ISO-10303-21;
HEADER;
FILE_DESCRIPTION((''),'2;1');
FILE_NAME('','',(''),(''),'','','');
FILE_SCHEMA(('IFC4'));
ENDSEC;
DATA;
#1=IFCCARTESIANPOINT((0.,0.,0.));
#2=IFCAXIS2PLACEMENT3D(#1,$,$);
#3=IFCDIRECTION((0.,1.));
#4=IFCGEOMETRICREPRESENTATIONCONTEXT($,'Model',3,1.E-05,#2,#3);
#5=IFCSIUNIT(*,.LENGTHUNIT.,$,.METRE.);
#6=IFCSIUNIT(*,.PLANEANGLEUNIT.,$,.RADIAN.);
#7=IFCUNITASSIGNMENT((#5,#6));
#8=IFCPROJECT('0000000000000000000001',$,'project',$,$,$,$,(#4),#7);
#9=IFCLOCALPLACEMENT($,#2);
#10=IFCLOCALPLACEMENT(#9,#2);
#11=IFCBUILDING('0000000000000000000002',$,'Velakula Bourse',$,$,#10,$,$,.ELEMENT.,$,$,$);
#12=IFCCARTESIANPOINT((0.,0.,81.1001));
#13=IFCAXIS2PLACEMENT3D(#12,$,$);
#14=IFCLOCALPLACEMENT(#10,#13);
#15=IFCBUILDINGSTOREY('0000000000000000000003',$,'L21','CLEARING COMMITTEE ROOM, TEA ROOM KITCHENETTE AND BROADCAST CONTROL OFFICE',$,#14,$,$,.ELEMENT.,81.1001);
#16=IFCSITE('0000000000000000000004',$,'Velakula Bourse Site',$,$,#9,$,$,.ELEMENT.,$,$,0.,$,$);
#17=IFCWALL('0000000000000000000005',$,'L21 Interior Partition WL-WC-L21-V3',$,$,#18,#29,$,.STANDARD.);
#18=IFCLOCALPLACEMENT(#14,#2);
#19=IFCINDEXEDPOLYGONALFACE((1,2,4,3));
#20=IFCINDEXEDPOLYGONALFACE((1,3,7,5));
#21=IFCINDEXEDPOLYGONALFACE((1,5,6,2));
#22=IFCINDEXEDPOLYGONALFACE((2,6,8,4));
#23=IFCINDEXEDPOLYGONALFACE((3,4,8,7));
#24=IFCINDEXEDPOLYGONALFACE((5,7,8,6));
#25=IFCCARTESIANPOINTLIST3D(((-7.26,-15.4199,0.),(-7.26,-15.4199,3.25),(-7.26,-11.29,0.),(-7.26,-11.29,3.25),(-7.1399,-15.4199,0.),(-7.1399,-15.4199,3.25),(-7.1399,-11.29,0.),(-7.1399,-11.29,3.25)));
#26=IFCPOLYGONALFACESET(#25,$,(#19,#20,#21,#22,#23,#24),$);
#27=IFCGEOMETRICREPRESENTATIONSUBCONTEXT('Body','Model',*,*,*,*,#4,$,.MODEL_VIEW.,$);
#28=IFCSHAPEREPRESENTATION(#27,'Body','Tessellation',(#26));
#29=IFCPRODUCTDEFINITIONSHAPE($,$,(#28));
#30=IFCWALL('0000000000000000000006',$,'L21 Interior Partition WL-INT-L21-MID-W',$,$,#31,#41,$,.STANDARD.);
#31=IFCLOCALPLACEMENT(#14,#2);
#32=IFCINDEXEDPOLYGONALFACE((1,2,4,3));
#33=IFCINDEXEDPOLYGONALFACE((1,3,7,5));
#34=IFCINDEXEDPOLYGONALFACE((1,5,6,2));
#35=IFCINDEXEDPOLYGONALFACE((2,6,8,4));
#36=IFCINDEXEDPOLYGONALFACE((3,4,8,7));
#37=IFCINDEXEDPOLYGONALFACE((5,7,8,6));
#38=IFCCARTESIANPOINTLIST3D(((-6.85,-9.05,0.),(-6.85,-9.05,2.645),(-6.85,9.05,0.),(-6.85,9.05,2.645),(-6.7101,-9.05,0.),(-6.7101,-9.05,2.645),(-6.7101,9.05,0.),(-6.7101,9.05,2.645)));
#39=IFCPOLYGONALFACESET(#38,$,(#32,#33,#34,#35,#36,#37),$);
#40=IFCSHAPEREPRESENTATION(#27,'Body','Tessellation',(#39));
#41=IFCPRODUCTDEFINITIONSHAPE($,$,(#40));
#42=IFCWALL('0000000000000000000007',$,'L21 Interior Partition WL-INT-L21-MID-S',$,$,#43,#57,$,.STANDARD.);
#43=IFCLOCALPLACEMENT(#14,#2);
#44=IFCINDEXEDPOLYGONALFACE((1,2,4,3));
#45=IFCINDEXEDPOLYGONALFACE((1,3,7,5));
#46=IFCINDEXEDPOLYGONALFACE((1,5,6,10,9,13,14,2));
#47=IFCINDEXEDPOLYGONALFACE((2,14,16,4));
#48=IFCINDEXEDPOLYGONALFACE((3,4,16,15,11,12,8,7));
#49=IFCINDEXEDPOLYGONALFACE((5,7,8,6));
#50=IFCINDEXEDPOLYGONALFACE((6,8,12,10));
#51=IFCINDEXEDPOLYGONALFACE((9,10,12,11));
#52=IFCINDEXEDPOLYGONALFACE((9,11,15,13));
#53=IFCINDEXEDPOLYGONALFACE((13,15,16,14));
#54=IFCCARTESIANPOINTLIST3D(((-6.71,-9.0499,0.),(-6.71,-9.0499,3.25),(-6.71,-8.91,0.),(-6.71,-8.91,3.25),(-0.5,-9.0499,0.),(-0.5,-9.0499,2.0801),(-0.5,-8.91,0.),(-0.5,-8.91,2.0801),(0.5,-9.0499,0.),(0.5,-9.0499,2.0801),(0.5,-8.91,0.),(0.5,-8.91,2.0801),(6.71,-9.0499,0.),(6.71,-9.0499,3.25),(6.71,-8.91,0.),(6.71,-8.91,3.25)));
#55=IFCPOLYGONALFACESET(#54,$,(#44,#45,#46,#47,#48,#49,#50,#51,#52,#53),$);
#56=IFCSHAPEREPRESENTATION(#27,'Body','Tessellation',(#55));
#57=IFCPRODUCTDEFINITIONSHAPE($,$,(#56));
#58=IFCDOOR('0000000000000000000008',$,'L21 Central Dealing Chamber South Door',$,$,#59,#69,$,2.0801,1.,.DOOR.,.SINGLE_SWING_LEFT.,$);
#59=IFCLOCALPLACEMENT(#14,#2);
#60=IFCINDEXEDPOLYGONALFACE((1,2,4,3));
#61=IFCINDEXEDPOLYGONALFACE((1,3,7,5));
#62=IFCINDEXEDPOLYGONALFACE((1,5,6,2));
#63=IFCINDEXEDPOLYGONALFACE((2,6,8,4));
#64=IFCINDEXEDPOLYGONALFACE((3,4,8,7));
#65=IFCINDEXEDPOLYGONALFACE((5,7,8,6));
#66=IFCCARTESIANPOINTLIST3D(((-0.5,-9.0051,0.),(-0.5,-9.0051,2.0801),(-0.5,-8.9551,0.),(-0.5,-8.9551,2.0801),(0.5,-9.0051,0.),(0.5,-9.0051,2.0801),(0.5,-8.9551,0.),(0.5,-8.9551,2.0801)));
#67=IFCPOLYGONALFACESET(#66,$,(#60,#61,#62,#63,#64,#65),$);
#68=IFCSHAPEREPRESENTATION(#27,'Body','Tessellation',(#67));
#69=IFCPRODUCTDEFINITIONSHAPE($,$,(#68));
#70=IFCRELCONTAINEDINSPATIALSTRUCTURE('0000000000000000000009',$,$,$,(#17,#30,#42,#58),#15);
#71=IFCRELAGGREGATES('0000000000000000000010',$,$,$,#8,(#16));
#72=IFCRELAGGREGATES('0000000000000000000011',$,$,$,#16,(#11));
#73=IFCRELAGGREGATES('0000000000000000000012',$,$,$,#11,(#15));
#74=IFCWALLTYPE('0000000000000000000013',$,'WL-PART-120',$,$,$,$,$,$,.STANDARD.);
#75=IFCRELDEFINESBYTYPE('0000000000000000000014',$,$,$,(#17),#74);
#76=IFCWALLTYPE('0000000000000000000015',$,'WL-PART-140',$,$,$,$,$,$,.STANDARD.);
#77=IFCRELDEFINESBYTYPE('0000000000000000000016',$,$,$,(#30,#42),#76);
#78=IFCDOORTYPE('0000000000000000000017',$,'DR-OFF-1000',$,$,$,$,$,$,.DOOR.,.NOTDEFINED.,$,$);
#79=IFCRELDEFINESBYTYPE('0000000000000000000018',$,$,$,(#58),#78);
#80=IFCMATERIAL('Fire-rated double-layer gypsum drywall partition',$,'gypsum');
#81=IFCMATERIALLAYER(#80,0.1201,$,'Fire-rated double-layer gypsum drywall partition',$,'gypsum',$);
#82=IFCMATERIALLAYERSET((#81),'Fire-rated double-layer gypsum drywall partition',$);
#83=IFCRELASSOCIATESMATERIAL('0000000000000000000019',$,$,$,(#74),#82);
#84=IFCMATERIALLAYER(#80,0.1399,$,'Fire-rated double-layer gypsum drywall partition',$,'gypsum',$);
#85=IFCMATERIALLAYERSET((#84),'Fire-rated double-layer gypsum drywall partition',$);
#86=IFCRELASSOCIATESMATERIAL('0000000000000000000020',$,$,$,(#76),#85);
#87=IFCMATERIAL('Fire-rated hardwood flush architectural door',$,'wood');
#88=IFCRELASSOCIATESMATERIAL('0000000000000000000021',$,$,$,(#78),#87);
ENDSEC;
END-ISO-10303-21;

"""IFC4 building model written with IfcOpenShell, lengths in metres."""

from ifc_helpers import new_model, si_unit, direction, frame, frame_2d, origin, place, context, subcontext, project, spatial, rectangle, extrude, material, layer, layer_set, type_object, element, fill, save


model = new_model("IFC4")

# Units and contexts
model_context = context("Model", 3, precision=1e-05, world=origin(), true_north=direction((0.0, 1.0)))
body_context = subcontext(model_context, "Body", "Model", "MODEL_VIEW")
ifc_project = project(units=[si_unit("LENGTHUNIT", "METRE"), si_unit("PLANEANGLEUNIT", "RADIAN")], contexts=[model_context])

# Site, building, storey
site_placement = place(None, origin())
site = spatial("IfcSite", under=ifc_project, at=site_placement, Name="Velakula Bourse Site", CompositionType="ELEMENT", RefElevation=0.0)
building_placement = place(site_placement, origin())
building = spatial("IfcBuilding", under=site, at=building_placement, Name="Velakula Bourse", CompositionType="ELEMENT")
storey_placement = place(building_placement, frame((0.0, 0.0, 81.1001)))
storey = spatial("IfcBuildingStorey", under=building, at=storey_placement, Name="L21", Description="CLEARING COMMITTEE ROOM, TEA ROOM KITCHENETTE AND BROADCAST CONTROL OFFICE", CompositionType="ELEMENT", Elevation=81.1001)

# Walls
ifc_material_1 = material(Name="Fire-rated double-layer gypsum drywall partition", Category="gypsum")
ifc_layer_1 = layer(ifc_material_1, 0.1201, Name="Fire-rated double-layer gypsum drywall partition", Category="gypsum")
ifc_layer_set_1 = layer_set([ifc_layer_1], Name="Fire-rated double-layer gypsum drywall partition")
wall_type_1 = type_object("IfcWallType", Name="WL-PART-120", PredefinedType="STANDARD", material=ifc_layer_set_1)
for number, where, z_axis, x_axis, name in (
    (1, (-7.2, -15.4199, 0.0), (0.0, 0.0, 1.0), (0.0, 1.0, 0.0), "L21 Interior Partition WL-WC-L21-V3"),
):
    element("IfcWall", number, at=place(storey_placement, frame(where, z_axis=z_axis, x_axis=x_axis)), inside=storey, type_object=wall_type_1, Name=name, PredefinedType="STANDARD", context=body_context, shape_type="SweptSolid", body=[
        extrude(rectangle(XDim=4.1299, YDim=0.1201, at=frame_2d((2.0649, 0.0))), origin(), (0.0, 0.0, 1.0), 3.25),
    ])
ifc_layer_2 = layer(ifc_material_1, 0.1399, Name="Fire-rated double-layer gypsum drywall partition", Category="gypsum")
ifc_layer_set_2 = layer_set([ifc_layer_2], Name="Fire-rated double-layer gypsum drywall partition")
wall_type_2 = type_object("IfcWallType", Name="WL-PART-140", PredefinedType="STANDARD", material=ifc_layer_set_2)
wall_1_placement = place(storey_placement, frame((-6.78, -9.05, 0.0), z_axis=(0.0, 0.0, 1.0), x_axis=(0.0, 1.0, 0.0)))
element("IfcWall", 2, at=wall_1_placement, inside=storey, type_object=wall_type_2, Name="L21 Interior Partition WL-INT-L21-MID-W", PredefinedType="STANDARD", context=body_context, shape_type="SweptSolid", body=[
    extrude(rectangle(XDim=18.1001, YDim=0.1399, at=frame_2d((9.05, 0.0))), origin(), (0.0, 0.0, 1.0), 2.645),
])

# Wall, opening, door
wall_2_placement = place(storey_placement, frame((-6.71, -8.98, 0.0), z_axis=(0.0, 0.0, 1.0), x_axis=(1.0, 0.0, 0.0)))
wall_2 = element("IfcWall", 3, at=wall_2_placement, inside=storey, type_object=wall_type_2, Name="L21 Interior Partition WL-INT-L21-MID-S", PredefinedType="STANDARD", context=body_context, shape_type="SweptSolid", body=[
    extrude(rectangle(XDim=13.4199, YDim=0.1399, at=frame_2d((6.71, 0.0))), origin(), (0.0, 0.0, 1.0), 3.25),
])
opening_1_placement = place(wall_2_placement, frame((6.21, 0.0, 0.0)))
opening_1 = element("IfcOpeningElement", 4, at=opening_1_placement, cuts=wall_2, PredefinedType="OPENING", context=body_context, shape_type="SweptSolid", body=[
    extrude(rectangle(XDim=1.0, YDim=2.0801, at=frame_2d((0.5, 1.04))), frame((0.0, 0.0798, 0.0), z_axis=(0.0, -1.0, 0.0), x_axis=(1.0, 0.0, 0.0)), (0.0, 0.0, 1.0), 0.1599),
])
ifc_material_2 = material(Name="Fire-rated hardwood flush architectural door", Category="wood")
door_type = type_object("IfcDoorType", Name="DR-OFF-1000", OperationType="NOTDEFINED", PredefinedType="DOOR", material=ifc_material_2)
door_placement = place(opening_1_placement, origin())
door = element("IfcDoor", 5, at=door_placement, inside=storey, type_object=door_type, Name="L21 Central Dealing Chamber South Door", OperationType="SINGLE_SWING_LEFT", OverallHeight=2.0801, OverallWidth=1.0, PredefinedType="DOOR", context=body_context, shape_type="SweptSolid", body=[
    extrude(rectangle(XDim=1.0, YDim=2.0801, at=frame_2d((0.5, 1.04))), frame((0.0, 0.0249, 0.0), z_axis=(0.0, -1.0, 0.0), x_axis=(1.0, 0.0, 0.0)), (0.0, 0.0, 1.0), 0.05),
])
fill(opening_1, door)

save(model, "model.ifc")
